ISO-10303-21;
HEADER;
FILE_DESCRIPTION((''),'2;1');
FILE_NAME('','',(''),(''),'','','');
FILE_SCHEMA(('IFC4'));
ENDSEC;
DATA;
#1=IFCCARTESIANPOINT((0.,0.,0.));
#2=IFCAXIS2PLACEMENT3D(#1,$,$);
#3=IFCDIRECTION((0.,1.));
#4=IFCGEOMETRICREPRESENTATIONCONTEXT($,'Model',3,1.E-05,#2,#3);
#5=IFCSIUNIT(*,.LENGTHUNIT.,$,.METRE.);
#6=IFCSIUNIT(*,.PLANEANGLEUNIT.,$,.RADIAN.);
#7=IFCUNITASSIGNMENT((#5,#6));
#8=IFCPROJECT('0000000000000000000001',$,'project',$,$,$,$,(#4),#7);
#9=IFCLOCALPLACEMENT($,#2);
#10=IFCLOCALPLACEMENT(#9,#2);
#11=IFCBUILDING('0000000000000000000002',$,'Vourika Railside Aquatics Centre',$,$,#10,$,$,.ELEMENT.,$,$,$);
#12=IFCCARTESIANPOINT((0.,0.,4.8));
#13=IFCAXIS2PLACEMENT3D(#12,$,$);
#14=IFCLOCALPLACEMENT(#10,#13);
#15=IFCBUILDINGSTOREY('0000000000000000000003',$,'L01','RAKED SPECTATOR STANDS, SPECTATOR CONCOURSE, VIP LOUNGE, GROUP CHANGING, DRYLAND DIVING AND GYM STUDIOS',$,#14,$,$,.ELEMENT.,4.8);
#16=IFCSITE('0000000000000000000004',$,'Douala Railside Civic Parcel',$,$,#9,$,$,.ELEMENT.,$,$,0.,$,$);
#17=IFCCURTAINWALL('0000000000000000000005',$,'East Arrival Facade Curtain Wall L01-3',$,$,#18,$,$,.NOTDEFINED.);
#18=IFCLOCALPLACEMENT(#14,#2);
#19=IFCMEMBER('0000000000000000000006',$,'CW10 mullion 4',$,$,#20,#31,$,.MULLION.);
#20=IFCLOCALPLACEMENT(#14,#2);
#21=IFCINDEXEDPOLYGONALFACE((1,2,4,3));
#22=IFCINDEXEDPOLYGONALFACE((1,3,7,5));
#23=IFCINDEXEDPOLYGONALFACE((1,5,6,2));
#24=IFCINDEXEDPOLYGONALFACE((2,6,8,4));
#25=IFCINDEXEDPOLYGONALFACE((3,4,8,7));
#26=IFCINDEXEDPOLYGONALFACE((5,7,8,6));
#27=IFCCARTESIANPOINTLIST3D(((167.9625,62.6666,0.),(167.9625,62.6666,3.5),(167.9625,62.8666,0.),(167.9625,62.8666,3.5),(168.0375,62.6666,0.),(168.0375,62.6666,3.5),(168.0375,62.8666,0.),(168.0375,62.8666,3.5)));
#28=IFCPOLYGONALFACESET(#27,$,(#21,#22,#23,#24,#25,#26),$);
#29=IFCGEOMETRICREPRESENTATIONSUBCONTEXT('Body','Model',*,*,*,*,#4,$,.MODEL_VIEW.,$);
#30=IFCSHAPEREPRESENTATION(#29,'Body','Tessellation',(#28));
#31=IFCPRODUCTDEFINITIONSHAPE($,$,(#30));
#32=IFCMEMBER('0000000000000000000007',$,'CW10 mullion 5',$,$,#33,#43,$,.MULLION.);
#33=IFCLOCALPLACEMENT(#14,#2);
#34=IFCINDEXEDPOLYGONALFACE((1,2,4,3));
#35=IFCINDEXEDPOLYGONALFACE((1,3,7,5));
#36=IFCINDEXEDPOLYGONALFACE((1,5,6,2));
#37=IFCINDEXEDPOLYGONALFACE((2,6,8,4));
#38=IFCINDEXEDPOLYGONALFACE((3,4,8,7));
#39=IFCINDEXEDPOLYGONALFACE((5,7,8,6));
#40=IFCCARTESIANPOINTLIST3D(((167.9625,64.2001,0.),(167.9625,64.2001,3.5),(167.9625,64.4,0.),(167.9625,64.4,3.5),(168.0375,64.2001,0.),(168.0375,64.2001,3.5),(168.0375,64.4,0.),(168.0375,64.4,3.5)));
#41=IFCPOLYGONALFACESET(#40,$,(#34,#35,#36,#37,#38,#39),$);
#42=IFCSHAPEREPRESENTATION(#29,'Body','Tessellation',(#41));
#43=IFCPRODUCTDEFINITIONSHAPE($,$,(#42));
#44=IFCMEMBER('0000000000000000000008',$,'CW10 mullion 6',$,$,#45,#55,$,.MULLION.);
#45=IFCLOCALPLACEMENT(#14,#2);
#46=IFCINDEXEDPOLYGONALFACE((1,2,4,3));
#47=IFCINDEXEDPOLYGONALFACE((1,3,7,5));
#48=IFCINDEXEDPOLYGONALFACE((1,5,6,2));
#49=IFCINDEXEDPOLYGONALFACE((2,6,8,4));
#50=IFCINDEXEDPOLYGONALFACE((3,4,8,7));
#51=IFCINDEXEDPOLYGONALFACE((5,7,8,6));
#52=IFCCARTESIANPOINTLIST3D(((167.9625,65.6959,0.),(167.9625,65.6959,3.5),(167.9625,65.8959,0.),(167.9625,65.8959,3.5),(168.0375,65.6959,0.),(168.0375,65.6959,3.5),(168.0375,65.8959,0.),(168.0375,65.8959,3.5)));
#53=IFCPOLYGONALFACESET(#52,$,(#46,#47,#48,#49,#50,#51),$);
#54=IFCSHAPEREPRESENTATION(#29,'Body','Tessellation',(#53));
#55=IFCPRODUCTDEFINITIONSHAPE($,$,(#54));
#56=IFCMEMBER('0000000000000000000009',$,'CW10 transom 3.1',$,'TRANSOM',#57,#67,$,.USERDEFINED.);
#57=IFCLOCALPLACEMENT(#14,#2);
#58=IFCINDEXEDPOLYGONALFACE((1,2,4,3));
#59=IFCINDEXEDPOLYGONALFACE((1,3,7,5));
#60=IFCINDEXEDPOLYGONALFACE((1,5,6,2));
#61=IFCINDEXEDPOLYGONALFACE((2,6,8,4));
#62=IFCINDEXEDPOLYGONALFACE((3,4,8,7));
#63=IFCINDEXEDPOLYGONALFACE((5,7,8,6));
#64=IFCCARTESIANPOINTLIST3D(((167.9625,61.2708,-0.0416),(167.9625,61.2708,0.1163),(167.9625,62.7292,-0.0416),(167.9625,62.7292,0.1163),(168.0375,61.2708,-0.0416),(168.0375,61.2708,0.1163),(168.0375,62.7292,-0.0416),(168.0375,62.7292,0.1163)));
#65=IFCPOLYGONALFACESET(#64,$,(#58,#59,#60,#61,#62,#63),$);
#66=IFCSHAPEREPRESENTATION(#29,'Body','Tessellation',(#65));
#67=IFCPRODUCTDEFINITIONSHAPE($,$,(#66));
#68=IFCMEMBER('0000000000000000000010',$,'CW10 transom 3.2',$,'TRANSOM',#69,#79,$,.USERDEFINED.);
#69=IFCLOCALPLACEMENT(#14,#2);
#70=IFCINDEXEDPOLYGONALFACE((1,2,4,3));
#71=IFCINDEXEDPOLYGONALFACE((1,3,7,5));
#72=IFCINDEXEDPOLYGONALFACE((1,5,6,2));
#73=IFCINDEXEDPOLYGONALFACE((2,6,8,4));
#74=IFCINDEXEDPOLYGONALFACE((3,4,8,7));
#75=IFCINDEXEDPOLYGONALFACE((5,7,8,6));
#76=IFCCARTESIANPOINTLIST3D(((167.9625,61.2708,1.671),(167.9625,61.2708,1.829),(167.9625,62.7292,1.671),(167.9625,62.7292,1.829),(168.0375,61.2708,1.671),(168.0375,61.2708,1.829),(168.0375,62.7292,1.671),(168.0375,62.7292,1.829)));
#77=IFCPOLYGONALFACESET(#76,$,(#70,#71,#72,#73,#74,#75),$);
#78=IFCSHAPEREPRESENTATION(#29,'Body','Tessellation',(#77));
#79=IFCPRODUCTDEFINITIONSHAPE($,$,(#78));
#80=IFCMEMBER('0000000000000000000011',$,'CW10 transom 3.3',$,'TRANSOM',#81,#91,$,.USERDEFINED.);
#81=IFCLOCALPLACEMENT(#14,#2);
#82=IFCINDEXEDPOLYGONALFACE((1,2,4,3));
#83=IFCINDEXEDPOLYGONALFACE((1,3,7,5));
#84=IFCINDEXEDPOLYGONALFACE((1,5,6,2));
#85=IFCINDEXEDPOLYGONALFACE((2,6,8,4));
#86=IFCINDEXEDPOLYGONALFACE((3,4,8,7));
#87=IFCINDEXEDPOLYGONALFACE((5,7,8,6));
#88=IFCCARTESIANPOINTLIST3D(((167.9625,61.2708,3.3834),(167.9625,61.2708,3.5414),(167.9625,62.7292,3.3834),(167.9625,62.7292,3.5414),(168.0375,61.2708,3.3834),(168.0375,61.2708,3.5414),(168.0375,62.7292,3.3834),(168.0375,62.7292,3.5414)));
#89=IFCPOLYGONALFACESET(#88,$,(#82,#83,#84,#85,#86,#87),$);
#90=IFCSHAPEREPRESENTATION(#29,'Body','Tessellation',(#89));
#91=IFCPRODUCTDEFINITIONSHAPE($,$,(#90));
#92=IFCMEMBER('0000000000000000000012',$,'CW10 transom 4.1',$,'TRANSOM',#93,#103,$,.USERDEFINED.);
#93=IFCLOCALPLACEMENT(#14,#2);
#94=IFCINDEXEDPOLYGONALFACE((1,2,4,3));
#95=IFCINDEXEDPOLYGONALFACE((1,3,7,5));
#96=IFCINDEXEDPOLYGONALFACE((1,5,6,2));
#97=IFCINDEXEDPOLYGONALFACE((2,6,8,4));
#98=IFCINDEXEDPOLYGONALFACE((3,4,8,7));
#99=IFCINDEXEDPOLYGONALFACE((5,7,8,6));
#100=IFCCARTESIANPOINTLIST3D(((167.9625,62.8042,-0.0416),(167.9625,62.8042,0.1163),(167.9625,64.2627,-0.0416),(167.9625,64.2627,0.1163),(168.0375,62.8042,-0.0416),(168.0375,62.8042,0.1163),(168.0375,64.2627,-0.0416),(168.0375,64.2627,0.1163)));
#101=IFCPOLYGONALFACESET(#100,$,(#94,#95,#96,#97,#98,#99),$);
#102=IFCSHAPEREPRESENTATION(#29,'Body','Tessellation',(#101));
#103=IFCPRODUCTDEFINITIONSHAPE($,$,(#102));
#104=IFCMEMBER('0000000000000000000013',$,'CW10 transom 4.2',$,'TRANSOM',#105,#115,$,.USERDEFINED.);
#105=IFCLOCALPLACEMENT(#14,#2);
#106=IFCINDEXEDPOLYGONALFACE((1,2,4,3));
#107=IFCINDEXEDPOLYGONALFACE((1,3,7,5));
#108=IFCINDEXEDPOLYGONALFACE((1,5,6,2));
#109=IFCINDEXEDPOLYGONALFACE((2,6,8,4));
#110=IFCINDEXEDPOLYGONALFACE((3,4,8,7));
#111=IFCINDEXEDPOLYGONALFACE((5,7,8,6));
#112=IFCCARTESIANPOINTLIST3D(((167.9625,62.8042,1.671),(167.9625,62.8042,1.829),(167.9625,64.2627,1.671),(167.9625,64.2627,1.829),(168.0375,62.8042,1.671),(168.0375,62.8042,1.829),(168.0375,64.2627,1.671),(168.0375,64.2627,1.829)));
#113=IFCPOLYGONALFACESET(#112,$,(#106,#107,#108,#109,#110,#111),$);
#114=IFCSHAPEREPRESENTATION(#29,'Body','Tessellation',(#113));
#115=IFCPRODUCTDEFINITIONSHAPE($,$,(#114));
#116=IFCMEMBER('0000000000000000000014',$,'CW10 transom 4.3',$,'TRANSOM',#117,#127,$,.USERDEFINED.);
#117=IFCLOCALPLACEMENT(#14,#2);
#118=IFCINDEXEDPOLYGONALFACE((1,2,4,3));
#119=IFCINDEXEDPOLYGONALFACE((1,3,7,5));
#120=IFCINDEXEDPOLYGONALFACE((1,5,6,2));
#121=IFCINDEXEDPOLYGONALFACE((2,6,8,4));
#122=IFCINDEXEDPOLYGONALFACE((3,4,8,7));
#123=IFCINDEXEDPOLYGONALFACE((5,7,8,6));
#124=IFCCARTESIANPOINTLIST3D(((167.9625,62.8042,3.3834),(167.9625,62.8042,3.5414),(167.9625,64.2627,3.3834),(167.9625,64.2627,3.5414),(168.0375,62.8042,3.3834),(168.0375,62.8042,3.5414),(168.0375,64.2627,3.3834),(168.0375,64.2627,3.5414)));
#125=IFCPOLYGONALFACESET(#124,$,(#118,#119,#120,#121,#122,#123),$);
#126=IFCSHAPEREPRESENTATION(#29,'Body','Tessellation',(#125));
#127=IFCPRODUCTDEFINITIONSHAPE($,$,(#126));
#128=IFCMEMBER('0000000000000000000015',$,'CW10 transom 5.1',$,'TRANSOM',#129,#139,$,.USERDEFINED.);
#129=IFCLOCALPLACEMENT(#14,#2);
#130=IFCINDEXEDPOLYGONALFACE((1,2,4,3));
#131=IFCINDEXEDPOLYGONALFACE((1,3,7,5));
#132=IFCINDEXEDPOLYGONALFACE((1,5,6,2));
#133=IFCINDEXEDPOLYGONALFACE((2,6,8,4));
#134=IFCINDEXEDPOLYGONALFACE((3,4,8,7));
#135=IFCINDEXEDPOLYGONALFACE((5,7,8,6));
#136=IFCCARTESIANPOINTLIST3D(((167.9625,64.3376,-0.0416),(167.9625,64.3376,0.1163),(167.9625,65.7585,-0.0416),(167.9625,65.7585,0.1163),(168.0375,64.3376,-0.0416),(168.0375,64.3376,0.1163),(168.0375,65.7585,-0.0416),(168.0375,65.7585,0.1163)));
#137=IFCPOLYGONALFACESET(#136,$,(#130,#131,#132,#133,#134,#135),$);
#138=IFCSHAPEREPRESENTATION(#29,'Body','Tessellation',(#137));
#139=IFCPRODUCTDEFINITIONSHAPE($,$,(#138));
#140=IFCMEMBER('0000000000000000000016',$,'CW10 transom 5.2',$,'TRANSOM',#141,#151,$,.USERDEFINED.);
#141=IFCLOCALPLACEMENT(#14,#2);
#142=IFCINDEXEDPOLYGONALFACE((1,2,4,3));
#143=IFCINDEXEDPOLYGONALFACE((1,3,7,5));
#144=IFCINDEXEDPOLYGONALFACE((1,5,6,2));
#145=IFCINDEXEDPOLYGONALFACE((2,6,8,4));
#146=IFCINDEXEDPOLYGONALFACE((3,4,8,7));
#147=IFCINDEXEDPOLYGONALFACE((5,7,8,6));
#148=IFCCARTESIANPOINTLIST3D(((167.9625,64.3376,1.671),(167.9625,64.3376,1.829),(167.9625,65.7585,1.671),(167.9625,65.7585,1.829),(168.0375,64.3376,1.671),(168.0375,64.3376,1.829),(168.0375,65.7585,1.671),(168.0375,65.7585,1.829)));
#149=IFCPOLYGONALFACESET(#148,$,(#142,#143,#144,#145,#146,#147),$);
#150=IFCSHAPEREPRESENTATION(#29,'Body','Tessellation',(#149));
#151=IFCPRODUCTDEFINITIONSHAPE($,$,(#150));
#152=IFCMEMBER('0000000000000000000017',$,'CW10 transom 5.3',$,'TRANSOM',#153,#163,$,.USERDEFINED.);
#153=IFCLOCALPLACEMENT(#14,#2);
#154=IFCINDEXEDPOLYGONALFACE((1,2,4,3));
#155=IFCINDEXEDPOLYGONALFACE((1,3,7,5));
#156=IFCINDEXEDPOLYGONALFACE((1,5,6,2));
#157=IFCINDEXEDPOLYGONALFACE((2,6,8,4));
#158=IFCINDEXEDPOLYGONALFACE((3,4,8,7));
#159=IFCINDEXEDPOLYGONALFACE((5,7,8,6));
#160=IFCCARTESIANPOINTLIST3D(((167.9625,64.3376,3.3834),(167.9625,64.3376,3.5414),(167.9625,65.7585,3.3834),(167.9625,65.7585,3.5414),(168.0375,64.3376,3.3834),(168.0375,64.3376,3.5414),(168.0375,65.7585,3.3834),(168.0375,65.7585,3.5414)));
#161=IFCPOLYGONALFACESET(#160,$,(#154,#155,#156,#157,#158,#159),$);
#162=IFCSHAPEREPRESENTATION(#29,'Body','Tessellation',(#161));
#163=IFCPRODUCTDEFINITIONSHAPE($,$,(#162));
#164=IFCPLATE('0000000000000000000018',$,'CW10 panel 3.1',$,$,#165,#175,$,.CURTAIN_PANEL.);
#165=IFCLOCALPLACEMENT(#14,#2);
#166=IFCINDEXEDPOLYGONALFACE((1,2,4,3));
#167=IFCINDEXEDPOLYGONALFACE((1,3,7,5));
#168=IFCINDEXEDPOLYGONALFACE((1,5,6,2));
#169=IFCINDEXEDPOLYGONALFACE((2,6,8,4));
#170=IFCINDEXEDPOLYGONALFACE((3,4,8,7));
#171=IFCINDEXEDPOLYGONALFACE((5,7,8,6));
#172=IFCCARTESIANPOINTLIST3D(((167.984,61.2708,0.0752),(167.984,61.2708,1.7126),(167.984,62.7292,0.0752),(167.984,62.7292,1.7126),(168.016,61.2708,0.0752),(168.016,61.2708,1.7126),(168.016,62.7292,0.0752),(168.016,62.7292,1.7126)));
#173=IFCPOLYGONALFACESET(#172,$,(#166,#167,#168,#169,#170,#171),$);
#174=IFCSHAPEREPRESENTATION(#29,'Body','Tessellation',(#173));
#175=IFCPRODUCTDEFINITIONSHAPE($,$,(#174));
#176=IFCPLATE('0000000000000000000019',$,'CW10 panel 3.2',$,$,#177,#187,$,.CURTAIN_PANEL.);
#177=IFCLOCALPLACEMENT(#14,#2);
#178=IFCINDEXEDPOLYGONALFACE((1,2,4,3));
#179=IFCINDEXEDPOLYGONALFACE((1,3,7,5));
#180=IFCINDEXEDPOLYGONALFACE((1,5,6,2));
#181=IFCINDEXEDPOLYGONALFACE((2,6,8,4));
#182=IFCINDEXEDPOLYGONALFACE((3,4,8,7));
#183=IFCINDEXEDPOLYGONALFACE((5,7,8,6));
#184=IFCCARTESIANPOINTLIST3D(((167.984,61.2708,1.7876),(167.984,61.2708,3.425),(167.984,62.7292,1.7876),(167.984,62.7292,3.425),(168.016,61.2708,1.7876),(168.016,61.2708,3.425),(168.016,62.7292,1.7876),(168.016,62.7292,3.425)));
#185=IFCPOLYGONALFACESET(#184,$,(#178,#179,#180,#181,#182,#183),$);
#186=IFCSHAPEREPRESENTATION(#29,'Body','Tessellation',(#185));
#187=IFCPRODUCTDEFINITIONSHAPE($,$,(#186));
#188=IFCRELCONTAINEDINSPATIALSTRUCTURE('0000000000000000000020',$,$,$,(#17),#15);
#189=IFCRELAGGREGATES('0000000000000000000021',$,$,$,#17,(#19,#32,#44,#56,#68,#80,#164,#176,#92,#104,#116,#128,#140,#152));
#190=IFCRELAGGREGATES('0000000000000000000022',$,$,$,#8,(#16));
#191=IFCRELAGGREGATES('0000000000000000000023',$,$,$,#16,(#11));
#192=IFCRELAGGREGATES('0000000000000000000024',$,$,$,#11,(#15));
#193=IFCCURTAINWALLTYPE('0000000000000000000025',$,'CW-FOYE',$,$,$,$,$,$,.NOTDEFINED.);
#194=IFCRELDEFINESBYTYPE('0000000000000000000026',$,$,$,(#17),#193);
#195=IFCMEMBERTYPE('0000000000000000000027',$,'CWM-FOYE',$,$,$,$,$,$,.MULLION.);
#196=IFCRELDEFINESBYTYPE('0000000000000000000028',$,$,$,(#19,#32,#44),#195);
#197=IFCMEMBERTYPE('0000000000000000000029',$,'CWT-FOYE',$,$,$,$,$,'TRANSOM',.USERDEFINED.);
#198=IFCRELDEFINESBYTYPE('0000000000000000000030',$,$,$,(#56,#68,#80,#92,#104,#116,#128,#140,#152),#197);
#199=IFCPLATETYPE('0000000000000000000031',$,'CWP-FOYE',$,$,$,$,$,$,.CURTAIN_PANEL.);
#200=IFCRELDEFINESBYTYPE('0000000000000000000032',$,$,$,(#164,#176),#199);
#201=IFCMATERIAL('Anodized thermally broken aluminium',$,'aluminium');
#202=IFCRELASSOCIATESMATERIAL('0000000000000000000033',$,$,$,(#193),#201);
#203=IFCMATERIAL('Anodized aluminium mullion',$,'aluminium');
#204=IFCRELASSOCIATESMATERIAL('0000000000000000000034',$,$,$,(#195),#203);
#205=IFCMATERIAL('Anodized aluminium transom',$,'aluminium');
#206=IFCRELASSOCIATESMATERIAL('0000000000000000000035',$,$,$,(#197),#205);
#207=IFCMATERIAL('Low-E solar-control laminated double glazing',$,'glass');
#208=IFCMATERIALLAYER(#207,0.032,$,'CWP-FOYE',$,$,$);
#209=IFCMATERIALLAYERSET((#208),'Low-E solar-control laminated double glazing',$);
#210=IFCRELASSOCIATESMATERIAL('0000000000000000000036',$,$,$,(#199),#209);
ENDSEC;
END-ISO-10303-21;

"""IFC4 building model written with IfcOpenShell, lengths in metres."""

from ifc_helpers import new_model, si_unit, direction, frame, origin, origin_2d, place, context, subcontext, project, spatial, rectangle, extrude, material, layer, layer_set, material_profile, profile_set, type_object, element, aggregate, save


model = new_model("IFC4")

# Units and contexts
model_context = context("Model", 3, precision=1e-05, world=origin(), true_north=direction((0.0, 1.0)))
body_context = subcontext(model_context, "Body", "Model", "MODEL_VIEW")
ifc_project = project(units=[si_unit("LENGTHUNIT", "METRE"), si_unit("PLANEANGLEUNIT", "RADIAN")], contexts=[model_context])

# Site, building, storey
site_placement = place(None, origin())
site = spatial("IfcSite", under=ifc_project, at=site_placement, Name="Douala Railside Civic Parcel", CompositionType="ELEMENT", RefElevation=0.0)
building_placement = place(site_placement, origin())
building = spatial("IfcBuilding", under=site, at=building_placement, Name="Vourika Railside Aquatics Centre", CompositionType="ELEMENT")
storey_placement = place(building_placement, frame((0.0, 0.0, 4.8)))
storey = spatial("IfcBuildingStorey", under=building, at=storey_placement, Name="L01", Description="RAKED SPECTATOR STANDS, SPECTATOR CONCOURSE, VIP LOUNGE, GROUP CHANGING, DRYLAND DIVING AND GYM STUDIOS", CompositionType="ELEMENT", Elevation=4.8)

# Curtain wall, members, plates
ifc_material_1 = material(Name="Anodized thermally broken aluminium", Category="aluminium")
curtain_wall_type = type_object("IfcCurtainWallType", Name="CW-FOYE", PredefinedType="NOTDEFINED", material=ifc_material_1)
curtain_wall_placement = place(storey_placement, origin())
curtain_wall = element("IfcCurtainWall", 1, at=curtain_wall_placement, inside=storey, type_object=curtain_wall_type, Name="East Arrival Facade Curtain Wall L01-3", PredefinedType="NOTDEFINED")
ifc_material_2 = material(Name="Anodized aluminium mullion", Category="aluminium")
ifc_material_profile_1 = material_profile(ifc_material_2, rectangle(XDim=0.075, YDim=0.2, at=origin_2d()), Name="ALU-M 75x200")
ifc_profile_set_1 = profile_set([ifc_material_profile_1], Name="Anodized aluminium mullion")
member_type_1 = type_object("IfcMemberType", Name="CWM-FOYE", PredefinedType="MULLION", material=ifc_profile_set_1)
member_1_placement = place(storey_placement, frame((168.0, 62.7666, 0.0), z_axis=(0.0, 0.0, 1.0), x_axis=(-1.0, 0.0, 0.0)))
member_1 = element("IfcMember", 2, at=member_1_placement, type_object=member_type_1, Name="CW10 mullion 4", PredefinedType="MULLION", context=body_context, shape_type="SweptSolid", body=[
    extrude(rectangle(XDim=0.075, YDim=0.2, at=origin_2d()), origin(), (0.0, 0.0, 1.0), 3.5),
])
member_2_placement = place(storey_placement, frame((168.0, 64.3, 0.0), z_axis=(0.0, 0.0, 1.0), x_axis=(-1.0, 0.0, 0.0)))
member_2 = element("IfcMember", 3, at=member_2_placement, type_object=member_type_1, Name="CW10 mullion 5", PredefinedType="MULLION", context=body_context, shape_type="SweptSolid", body=[
    extrude(rectangle(XDim=0.075, YDim=0.2, at=origin_2d()), origin(), (0.0, 0.0, 1.0), 3.5),
])
member_3_placement = place(storey_placement, frame((168.0, 65.7959, 0.0), z_axis=(0.0, 0.0, 1.0), x_axis=(-1.0, 0.0, 0.0)))
member_3 = element("IfcMember", 4, at=member_3_placement, type_object=member_type_1, Name="CW10 mullion 6", PredefinedType="MULLION", context=body_context, shape_type="SweptSolid", body=[
    extrude(rectangle(XDim=0.075, YDim=0.2, at=origin_2d()), origin(), (0.0, 0.0, 1.0), 3.5),
])
ifc_material_3 = material(Name="Anodized aluminium transom", Category="aluminium")
ifc_material_profile_2 = material_profile(ifc_material_3, rectangle(XDim=0.075, YDim=0.158, at=origin_2d()), Name="ALU-T 75x158")
ifc_profile_set_2 = profile_set([ifc_material_profile_2], Name="Anodized aluminium transom")
member_type_2 = type_object("IfcMemberType", Name="CWT-FOYE", ElementType="TRANSOM", PredefinedType="USERDEFINED", material=ifc_profile_set_2)
member_4_placement = place(storey_placement, frame((168.0, 61.2708, 0.0374), z_axis=(0.0, 1.0, 0.0), x_axis=(-1.0, 0.0, 0.0)))
member_4 = element("IfcMember", 5, at=member_4_placement, type_object=member_type_2, Name="CW10 transom 3.1", ObjectType="TRANSOM", PredefinedType="USERDEFINED", context=body_context, shape_type="SweptSolid", body=[
    extrude(rectangle(XDim=0.075, YDim=0.158, at=origin_2d()), origin(), (0.0, 0.0, 1.0), 1.4585),
])
member_5_placement = place(storey_placement, frame((168.0, 61.2708, 1.75), z_axis=(0.0, 1.0, 0.0), x_axis=(-1.0, 0.0, 0.0)))
member_5 = element("IfcMember", 6, at=member_5_placement, type_object=member_type_2, Name="CW10 transom 3.2", ObjectType="TRANSOM", PredefinedType="USERDEFINED", context=body_context, shape_type="SweptSolid", body=[
    extrude(rectangle(XDim=0.075, YDim=0.158, at=origin_2d()), origin(), (0.0, 0.0, 1.0), 1.4585),
])
member_6_placement = place(storey_placement, frame((168.0, 61.2708, 3.4624), z_axis=(0.0, 1.0, 0.0), x_axis=(-1.0, 0.0, 0.0)))
member_6 = element("IfcMember", 7, at=member_6_placement, type_object=member_type_2, Name="CW10 transom 3.3", ObjectType="TRANSOM", PredefinedType="USERDEFINED", context=body_context, shape_type="SweptSolid", body=[
    extrude(rectangle(XDim=0.075, YDim=0.158, at=origin_2d()), origin(), (0.0, 0.0, 1.0), 1.4585),
])
member_7_placement = place(storey_placement, frame((168.0, 62.8042, 0.0374), z_axis=(0.0, 1.0, 0.0), x_axis=(-1.0, 0.0, 0.0)))
member_7 = element("IfcMember", 8, at=member_7_placement, type_object=member_type_2, Name="CW10 transom 4.1", ObjectType="TRANSOM", PredefinedType="USERDEFINED", context=body_context, shape_type="SweptSolid", body=[
    extrude(rectangle(XDim=0.075, YDim=0.158, at=origin_2d()), origin(), (0.0, 0.0, 1.0), 1.4585),
])
member_8_placement = place(storey_placement, frame((168.0, 62.8042, 1.75), z_axis=(0.0, 1.0, 0.0), x_axis=(-1.0, 0.0, 0.0)))
member_8 = element("IfcMember", 9, at=member_8_placement, type_object=member_type_2, Name="CW10 transom 4.2", ObjectType="TRANSOM", PredefinedType="USERDEFINED", context=body_context, shape_type="SweptSolid", body=[
    extrude(rectangle(XDim=0.075, YDim=0.158, at=origin_2d()), origin(), (0.0, 0.0, 1.0), 1.4585),
])
member_9_placement = place(storey_placement, frame((168.0, 62.8042, 3.4624), z_axis=(0.0, 1.0, 0.0), x_axis=(-1.0, 0.0, 0.0)))
member_9 = element("IfcMember", 10, at=member_9_placement, type_object=member_type_2, Name="CW10 transom 4.3", ObjectType="TRANSOM", PredefinedType="USERDEFINED", context=body_context, shape_type="SweptSolid", body=[
    extrude(rectangle(XDim=0.075, YDim=0.158, at=origin_2d()), origin(), (0.0, 0.0, 1.0), 1.4585),
])
member_10_placement = place(storey_placement, frame((168.0, 64.3376, 0.0374), z_axis=(0.0, 1.0, 0.0), x_axis=(-1.0, 0.0, 0.0)))
member_10 = element("IfcMember", 11, at=member_10_placement, type_object=member_type_2, Name="CW10 transom 5.1", ObjectType="TRANSOM", PredefinedType="USERDEFINED", context=body_context, shape_type="SweptSolid", body=[
    extrude(rectangle(XDim=0.075, YDim=0.158, at=origin_2d()), origin(), (0.0, 0.0, 1.0), 1.4209),
])
member_11_placement = place(storey_placement, frame((168.0, 64.3376, 1.75), z_axis=(0.0, 1.0, 0.0), x_axis=(-1.0, 0.0, 0.0)))
member_11 = element("IfcMember", 12, at=member_11_placement, type_object=member_type_2, Name="CW10 transom 5.2", ObjectType="TRANSOM", PredefinedType="USERDEFINED", context=body_context, shape_type="SweptSolid", body=[
    extrude(rectangle(XDim=0.075, YDim=0.158, at=origin_2d()), origin(), (0.0, 0.0, 1.0), 1.4209),
])
member_12_placement = place(storey_placement, frame((168.0, 64.3376, 3.4624), z_axis=(0.0, 1.0, 0.0), x_axis=(-1.0, 0.0, 0.0)))
member_12 = element("IfcMember", 13, at=member_12_placement, type_object=member_type_2, Name="CW10 transom 5.3", ObjectType="TRANSOM", PredefinedType="USERDEFINED", context=body_context, shape_type="SweptSolid", body=[
    extrude(rectangle(XDim=0.075, YDim=0.158, at=origin_2d()), origin(), (0.0, 0.0, 1.0), 1.4209),
])
ifc_material_4 = material(Name="Low-E solar-control laminated double glazing", Category="glass")
ifc_layer = layer(ifc_material_4, 0.032, Name="CWP-FOYE")
ifc_layer_set = layer_set([ifc_layer], Name="Low-E solar-control laminated double glazing")
plate_type = type_object("IfcPlateType", Name="CWP-FOYE", PredefinedType="CURTAIN_PANEL", material=ifc_layer_set)
plate_1_placement = place(storey_placement, frame((168.0, 62.0, 0.0752), z_axis=(0.0, 0.0, 1.0), x_axis=(0.0, 1.0, 0.0)))
plate_1 = element("IfcPlate", 14, at=plate_1_placement, type_object=plate_type, Name="CW10 panel 3.1", PredefinedType="CURTAIN_PANEL", context=body_context, shape_type="SweptSolid", body=[
    extrude(rectangle(XDim=1.4585, YDim=0.032, at=origin_2d()), origin(), (0.0, 0.0, 1.0), 1.6375),
])
plate_2_placement = place(storey_placement, frame((168.0, 62.0, 1.7876), z_axis=(0.0, 0.0, 1.0), x_axis=(0.0, 1.0, 0.0)))
plate_2 = element("IfcPlate", 15, at=plate_2_placement, type_object=plate_type, Name="CW10 panel 3.2", PredefinedType="CURTAIN_PANEL", context=body_context, shape_type="SweptSolid", body=[
    extrude(rectangle(XDim=1.4585, YDim=0.032, at=origin_2d()), origin(), (0.0, 0.0, 1.0), 1.6375),
])
aggregate(curtain_wall, [member_1, member_2, member_3, member_4, member_5, member_6, plate_1, plate_2, member_7, member_8, member_9, member_10, member_11, member_12])

save(model, "model.ifc")
